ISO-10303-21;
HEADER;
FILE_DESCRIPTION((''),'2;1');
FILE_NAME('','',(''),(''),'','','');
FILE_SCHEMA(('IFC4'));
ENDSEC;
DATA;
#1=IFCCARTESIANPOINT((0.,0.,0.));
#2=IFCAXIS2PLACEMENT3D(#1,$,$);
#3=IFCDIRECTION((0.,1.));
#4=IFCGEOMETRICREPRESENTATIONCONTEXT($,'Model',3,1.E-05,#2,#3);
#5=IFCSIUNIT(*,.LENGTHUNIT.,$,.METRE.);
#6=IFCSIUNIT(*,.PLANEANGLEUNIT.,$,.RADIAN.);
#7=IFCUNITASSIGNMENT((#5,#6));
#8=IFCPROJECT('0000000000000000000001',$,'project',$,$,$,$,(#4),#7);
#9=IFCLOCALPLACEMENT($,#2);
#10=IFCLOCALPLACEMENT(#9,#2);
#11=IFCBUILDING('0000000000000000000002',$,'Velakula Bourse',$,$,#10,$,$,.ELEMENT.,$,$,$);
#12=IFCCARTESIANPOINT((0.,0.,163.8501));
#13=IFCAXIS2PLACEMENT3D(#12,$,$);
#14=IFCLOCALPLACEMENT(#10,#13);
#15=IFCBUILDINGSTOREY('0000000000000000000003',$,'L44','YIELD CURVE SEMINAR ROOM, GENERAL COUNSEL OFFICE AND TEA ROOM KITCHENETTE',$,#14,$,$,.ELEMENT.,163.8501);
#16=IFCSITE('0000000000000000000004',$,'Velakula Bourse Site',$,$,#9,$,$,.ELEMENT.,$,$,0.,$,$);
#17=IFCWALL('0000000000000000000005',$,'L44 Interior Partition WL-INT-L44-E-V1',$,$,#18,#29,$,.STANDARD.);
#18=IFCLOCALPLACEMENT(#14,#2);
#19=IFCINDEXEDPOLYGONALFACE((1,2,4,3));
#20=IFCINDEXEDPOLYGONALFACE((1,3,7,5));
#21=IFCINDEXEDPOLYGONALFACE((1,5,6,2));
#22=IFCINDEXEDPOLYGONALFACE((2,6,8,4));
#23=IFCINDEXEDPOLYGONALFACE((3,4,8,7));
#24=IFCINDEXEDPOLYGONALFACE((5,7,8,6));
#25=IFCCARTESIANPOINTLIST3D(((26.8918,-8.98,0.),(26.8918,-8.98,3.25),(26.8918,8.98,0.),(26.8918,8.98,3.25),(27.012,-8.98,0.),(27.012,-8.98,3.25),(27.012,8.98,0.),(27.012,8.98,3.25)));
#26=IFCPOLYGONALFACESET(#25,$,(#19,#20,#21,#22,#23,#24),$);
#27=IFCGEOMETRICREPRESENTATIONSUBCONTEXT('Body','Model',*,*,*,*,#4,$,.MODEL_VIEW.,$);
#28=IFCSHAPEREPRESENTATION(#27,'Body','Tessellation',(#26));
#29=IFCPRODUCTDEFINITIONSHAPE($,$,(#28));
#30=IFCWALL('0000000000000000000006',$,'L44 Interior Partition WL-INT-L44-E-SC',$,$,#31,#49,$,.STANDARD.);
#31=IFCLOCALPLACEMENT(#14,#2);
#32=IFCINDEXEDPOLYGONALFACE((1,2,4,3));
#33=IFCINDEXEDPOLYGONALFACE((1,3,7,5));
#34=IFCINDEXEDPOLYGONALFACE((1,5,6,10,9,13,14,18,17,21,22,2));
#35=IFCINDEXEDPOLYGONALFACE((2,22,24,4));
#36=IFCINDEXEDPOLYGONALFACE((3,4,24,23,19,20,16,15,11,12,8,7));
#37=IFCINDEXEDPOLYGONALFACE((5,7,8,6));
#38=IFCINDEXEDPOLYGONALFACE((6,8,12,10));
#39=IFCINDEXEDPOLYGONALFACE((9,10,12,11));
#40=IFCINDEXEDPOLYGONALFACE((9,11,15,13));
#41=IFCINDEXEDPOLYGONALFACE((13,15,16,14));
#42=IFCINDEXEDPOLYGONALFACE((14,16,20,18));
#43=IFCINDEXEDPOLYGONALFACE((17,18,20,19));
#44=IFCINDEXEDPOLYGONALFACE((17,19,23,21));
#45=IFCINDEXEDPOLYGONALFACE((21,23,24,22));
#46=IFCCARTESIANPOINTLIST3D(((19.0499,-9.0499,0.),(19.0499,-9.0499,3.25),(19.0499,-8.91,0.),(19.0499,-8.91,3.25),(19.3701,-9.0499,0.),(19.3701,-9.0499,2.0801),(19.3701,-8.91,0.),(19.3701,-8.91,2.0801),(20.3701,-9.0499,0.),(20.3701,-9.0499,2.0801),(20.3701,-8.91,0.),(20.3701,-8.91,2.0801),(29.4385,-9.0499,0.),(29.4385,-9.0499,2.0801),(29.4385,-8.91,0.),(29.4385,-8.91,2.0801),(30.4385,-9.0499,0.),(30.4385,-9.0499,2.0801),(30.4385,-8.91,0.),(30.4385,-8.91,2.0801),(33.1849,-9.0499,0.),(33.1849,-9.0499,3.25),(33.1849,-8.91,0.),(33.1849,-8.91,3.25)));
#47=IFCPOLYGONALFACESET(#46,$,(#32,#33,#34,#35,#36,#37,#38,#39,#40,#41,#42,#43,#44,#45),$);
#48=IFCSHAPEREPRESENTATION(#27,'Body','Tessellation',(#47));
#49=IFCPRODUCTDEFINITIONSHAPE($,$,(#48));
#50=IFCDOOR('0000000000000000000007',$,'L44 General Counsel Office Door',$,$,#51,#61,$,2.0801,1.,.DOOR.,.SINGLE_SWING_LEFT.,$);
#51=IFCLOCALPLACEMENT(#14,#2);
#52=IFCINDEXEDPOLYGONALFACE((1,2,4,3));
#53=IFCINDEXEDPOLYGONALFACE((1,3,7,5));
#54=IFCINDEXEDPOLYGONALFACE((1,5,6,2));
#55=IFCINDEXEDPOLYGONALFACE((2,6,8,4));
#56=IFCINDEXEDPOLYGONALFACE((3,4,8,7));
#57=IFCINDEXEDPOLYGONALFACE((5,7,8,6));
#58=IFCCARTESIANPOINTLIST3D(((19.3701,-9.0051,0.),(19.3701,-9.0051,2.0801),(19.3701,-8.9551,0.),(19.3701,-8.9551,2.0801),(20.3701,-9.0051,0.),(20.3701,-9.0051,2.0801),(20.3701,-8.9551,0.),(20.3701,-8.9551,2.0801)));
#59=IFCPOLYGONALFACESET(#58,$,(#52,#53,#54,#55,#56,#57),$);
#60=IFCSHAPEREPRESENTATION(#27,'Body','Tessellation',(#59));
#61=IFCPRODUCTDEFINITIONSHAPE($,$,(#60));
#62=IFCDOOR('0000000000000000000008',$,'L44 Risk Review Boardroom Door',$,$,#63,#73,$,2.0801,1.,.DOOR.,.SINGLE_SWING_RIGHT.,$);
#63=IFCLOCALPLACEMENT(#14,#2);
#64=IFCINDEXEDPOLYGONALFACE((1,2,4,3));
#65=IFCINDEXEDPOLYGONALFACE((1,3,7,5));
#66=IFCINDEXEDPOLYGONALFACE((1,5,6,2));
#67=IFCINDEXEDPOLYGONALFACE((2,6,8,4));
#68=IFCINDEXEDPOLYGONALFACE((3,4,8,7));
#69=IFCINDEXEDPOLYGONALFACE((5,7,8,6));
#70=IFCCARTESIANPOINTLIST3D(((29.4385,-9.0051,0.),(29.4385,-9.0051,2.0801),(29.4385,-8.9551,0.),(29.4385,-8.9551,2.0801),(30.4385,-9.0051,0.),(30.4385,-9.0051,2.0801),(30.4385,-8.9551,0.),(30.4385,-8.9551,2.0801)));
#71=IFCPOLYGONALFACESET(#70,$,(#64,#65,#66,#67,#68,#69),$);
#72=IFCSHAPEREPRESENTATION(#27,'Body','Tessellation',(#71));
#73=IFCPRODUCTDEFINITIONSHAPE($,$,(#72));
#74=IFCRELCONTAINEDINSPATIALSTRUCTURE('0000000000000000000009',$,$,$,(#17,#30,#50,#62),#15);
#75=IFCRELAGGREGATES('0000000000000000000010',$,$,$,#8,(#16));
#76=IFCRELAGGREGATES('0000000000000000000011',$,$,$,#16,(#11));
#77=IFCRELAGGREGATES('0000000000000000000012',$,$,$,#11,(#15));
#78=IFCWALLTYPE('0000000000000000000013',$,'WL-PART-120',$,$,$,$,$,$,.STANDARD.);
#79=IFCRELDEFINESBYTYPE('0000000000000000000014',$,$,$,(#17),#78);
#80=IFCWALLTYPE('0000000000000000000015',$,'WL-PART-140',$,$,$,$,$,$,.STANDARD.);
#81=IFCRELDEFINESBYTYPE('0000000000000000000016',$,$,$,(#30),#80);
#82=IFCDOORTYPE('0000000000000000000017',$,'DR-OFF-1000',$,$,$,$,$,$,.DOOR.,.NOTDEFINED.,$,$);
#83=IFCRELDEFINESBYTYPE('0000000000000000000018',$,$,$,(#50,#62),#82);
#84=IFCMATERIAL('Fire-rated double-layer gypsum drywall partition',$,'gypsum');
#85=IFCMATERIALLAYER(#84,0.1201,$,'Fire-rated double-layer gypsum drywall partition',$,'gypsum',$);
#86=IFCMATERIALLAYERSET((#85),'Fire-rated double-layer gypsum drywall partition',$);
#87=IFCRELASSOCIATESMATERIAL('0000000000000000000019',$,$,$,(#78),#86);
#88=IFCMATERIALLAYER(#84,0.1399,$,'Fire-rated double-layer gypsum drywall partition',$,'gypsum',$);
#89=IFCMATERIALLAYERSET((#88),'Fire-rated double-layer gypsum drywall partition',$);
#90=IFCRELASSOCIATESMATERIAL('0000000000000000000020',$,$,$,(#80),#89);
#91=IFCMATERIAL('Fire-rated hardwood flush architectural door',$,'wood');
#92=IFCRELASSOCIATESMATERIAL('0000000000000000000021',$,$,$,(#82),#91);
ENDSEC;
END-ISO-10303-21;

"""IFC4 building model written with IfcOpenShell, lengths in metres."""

from ifc_helpers import new_model, si_unit, direction, frame, frame_2d, origin, place, context, subcontext, project, spatial, rectangle, extrude, material, layer, layer_set, type_object, element, fill, save


model = new_model("IFC4")

# Units and contexts
model_context = context("Model", 3, precision=1e-05, world=origin(), true_north=direction((0.0, 1.0)))
body_context = subcontext(model_context, "Body", "Model", "MODEL_VIEW")
ifc_project = project(units=[si_unit("LENGTHUNIT", "METRE"), si_unit("PLANEANGLEUNIT", "RADIAN")], contexts=[model_context])

# Site, building, storey
site_placement = place(None, origin())
site = spatial("IfcSite", under=ifc_project, at=site_placement, Name="Velakula Bourse Site", CompositionType="ELEMENT", RefElevation=0.0)
building_placement = place(site_placement, origin())
building = spatial("IfcBuilding", under=site, at=building_placement, Name="Velakula Bourse", CompositionType="ELEMENT")
storey_placement = place(building_placement, frame((0.0, 0.0, 163.8501)))
storey = spatial("IfcBuildingStorey", under=building, at=storey_placement, Name="L44", Description="YIELD CURVE SEMINAR ROOM, GENERAL COUNSEL OFFICE AND TEA ROOM KITCHENETTE", CompositionType="ELEMENT", Elevation=163.8501)

# Wall
ifc_material_1 = material(Name="Fire-rated double-layer gypsum drywall partition", Category="gypsum")
ifc_layer_1 = layer(ifc_material_1, 0.1201, Name="Fire-rated double-layer gypsum drywall partition", Category="gypsum")
ifc_layer_set_1 = layer_set([ifc_layer_1], Name="Fire-rated double-layer gypsum drywall partition")
wall_type_1 = type_object("IfcWallType", Name="WL-PART-120", PredefinedType="STANDARD", material=ifc_layer_set_1)
wall_1_placement = place(storey_placement, frame((26.9519, -8.98, 0.0), z_axis=(0.0, 0.0, 1.0), x_axis=(0.0, 1.0, 0.0)))
element("IfcWall", 1, at=wall_1_placement, inside=storey, type_object=wall_type_1, Name="L44 Interior Partition WL-INT-L44-E-V1", PredefinedType="STANDARD", context=body_context, shape_type="SweptSolid", body=[
    extrude(rectangle(XDim=17.96, YDim=0.1201, at=frame_2d((8.98, 0.0))), origin(), (0.0, 0.0, 1.0), 3.25),
])

# Wall, openings, doors
ifc_layer_2 = layer(ifc_material_1, 0.1399, Name="Fire-rated double-layer gypsum drywall partition", Category="gypsum")
ifc_layer_set_2 = layer_set([ifc_layer_2], Name="Fire-rated double-layer gypsum drywall partition")
wall_type_2 = type_object("IfcWallType", Name="WL-PART-140", PredefinedType="STANDARD", material=ifc_layer_set_2)
wall_2_placement = place(storey_placement, frame((19.05, -8.98, 0.0), z_axis=(0.0, 0.0, 1.0), x_axis=(1.0, 0.0, 0.0)))
wall_2 = element("IfcWall", 2, at=wall_2_placement, inside=storey, type_object=wall_type_2, Name="L44 Interior Partition WL-INT-L44-E-SC", PredefinedType="STANDARD", context=body_context, shape_type="SweptSolid", body=[
    extrude(rectangle(XDim=14.135, YDim=0.1399, at=frame_2d((7.0674, 0.0))), origin(), (0.0, 0.0, 1.0), 3.25),
])
opening_1_placement = place(wall_2_placement, frame((0.3201, 0.0, 0.0)))
opening_1 = element("IfcOpeningElement", 3, at=opening_1_placement, cuts=wall_2, PredefinedType="OPENING", context=body_context, shape_type="SweptSolid", body=[
    extrude(rectangle(XDim=1.0, YDim=2.0801, at=frame_2d((0.5, 1.04))), frame((0.0, 0.0798, 0.0), z_axis=(0.0, -1.0, 0.0), x_axis=(1.0, 0.0, 0.0)), (0.0, 0.0, 1.0), 0.1599),
])
opening_2_placement = place(wall_2_placement, frame((10.3884, 0.0, 0.0)))
opening_2 = element("IfcOpeningElement", 4, at=opening_2_placement, cuts=wall_2, PredefinedType="OPENING", context=body_context, shape_type="SweptSolid", body=[
    extrude(rectangle(XDim=1.0, YDim=2.0801, at=frame_2d((0.5, 1.04))), frame((0.0, 0.0798, 0.0), z_axis=(0.0, -1.0, 0.0), x_axis=(1.0, 0.0, 0.0)), (0.0, 0.0, 1.0), 0.1599),
])
ifc_material_2 = material(Name="Fire-rated hardwood flush architectural door", Category="wood")
door_type = type_object("IfcDoorType", Name="DR-OFF-1000", OperationType="NOTDEFINED", PredefinedType="DOOR", material=ifc_material_2)
door_1_placement = place(opening_1_placement, origin())
door_1 = element("IfcDoor", 5, at=door_1_placement, inside=storey, type_object=door_type, Name="L44 General Counsel Office Door", OperationType="SINGLE_SWING_LEFT", OverallHeight=2.0801, OverallWidth=1.0, PredefinedType="DOOR", context=body_context, shape_type="SweptSolid", body=[
    extrude(rectangle(XDim=1.0, YDim=2.0801, at=frame_2d((0.5, 1.04))), frame((0.0, 0.0249, 0.0), z_axis=(0.0, -1.0, 0.0), x_axis=(1.0, 0.0, 0.0)), (0.0, 0.0, 1.0), 0.05),
])
fill(opening_1, door_1)
door_2_placement = place(opening_2_placement, origin())
door_2 = element("IfcDoor", 6, at=door_2_placement, inside=storey, type_object=door_type, Name="L44 Risk Review Boardroom Door", OperationType="SINGLE_SWING_RIGHT", OverallHeight=2.0801, OverallWidth=1.0, PredefinedType="DOOR", context=body_context, shape_type="SweptSolid", body=[
    extrude(rectangle(XDim=1.0, YDim=2.0801, at=frame_2d((0.5, 1.04))), frame((0.0, 0.0249, 0.0), z_axis=(0.0, -1.0, 0.0), x_axis=(1.0, 0.0, 0.0)), (0.0, 0.0, 1.0), 0.05),
])
fill(opening_2, door_2)

save(model, "model.ifc")
